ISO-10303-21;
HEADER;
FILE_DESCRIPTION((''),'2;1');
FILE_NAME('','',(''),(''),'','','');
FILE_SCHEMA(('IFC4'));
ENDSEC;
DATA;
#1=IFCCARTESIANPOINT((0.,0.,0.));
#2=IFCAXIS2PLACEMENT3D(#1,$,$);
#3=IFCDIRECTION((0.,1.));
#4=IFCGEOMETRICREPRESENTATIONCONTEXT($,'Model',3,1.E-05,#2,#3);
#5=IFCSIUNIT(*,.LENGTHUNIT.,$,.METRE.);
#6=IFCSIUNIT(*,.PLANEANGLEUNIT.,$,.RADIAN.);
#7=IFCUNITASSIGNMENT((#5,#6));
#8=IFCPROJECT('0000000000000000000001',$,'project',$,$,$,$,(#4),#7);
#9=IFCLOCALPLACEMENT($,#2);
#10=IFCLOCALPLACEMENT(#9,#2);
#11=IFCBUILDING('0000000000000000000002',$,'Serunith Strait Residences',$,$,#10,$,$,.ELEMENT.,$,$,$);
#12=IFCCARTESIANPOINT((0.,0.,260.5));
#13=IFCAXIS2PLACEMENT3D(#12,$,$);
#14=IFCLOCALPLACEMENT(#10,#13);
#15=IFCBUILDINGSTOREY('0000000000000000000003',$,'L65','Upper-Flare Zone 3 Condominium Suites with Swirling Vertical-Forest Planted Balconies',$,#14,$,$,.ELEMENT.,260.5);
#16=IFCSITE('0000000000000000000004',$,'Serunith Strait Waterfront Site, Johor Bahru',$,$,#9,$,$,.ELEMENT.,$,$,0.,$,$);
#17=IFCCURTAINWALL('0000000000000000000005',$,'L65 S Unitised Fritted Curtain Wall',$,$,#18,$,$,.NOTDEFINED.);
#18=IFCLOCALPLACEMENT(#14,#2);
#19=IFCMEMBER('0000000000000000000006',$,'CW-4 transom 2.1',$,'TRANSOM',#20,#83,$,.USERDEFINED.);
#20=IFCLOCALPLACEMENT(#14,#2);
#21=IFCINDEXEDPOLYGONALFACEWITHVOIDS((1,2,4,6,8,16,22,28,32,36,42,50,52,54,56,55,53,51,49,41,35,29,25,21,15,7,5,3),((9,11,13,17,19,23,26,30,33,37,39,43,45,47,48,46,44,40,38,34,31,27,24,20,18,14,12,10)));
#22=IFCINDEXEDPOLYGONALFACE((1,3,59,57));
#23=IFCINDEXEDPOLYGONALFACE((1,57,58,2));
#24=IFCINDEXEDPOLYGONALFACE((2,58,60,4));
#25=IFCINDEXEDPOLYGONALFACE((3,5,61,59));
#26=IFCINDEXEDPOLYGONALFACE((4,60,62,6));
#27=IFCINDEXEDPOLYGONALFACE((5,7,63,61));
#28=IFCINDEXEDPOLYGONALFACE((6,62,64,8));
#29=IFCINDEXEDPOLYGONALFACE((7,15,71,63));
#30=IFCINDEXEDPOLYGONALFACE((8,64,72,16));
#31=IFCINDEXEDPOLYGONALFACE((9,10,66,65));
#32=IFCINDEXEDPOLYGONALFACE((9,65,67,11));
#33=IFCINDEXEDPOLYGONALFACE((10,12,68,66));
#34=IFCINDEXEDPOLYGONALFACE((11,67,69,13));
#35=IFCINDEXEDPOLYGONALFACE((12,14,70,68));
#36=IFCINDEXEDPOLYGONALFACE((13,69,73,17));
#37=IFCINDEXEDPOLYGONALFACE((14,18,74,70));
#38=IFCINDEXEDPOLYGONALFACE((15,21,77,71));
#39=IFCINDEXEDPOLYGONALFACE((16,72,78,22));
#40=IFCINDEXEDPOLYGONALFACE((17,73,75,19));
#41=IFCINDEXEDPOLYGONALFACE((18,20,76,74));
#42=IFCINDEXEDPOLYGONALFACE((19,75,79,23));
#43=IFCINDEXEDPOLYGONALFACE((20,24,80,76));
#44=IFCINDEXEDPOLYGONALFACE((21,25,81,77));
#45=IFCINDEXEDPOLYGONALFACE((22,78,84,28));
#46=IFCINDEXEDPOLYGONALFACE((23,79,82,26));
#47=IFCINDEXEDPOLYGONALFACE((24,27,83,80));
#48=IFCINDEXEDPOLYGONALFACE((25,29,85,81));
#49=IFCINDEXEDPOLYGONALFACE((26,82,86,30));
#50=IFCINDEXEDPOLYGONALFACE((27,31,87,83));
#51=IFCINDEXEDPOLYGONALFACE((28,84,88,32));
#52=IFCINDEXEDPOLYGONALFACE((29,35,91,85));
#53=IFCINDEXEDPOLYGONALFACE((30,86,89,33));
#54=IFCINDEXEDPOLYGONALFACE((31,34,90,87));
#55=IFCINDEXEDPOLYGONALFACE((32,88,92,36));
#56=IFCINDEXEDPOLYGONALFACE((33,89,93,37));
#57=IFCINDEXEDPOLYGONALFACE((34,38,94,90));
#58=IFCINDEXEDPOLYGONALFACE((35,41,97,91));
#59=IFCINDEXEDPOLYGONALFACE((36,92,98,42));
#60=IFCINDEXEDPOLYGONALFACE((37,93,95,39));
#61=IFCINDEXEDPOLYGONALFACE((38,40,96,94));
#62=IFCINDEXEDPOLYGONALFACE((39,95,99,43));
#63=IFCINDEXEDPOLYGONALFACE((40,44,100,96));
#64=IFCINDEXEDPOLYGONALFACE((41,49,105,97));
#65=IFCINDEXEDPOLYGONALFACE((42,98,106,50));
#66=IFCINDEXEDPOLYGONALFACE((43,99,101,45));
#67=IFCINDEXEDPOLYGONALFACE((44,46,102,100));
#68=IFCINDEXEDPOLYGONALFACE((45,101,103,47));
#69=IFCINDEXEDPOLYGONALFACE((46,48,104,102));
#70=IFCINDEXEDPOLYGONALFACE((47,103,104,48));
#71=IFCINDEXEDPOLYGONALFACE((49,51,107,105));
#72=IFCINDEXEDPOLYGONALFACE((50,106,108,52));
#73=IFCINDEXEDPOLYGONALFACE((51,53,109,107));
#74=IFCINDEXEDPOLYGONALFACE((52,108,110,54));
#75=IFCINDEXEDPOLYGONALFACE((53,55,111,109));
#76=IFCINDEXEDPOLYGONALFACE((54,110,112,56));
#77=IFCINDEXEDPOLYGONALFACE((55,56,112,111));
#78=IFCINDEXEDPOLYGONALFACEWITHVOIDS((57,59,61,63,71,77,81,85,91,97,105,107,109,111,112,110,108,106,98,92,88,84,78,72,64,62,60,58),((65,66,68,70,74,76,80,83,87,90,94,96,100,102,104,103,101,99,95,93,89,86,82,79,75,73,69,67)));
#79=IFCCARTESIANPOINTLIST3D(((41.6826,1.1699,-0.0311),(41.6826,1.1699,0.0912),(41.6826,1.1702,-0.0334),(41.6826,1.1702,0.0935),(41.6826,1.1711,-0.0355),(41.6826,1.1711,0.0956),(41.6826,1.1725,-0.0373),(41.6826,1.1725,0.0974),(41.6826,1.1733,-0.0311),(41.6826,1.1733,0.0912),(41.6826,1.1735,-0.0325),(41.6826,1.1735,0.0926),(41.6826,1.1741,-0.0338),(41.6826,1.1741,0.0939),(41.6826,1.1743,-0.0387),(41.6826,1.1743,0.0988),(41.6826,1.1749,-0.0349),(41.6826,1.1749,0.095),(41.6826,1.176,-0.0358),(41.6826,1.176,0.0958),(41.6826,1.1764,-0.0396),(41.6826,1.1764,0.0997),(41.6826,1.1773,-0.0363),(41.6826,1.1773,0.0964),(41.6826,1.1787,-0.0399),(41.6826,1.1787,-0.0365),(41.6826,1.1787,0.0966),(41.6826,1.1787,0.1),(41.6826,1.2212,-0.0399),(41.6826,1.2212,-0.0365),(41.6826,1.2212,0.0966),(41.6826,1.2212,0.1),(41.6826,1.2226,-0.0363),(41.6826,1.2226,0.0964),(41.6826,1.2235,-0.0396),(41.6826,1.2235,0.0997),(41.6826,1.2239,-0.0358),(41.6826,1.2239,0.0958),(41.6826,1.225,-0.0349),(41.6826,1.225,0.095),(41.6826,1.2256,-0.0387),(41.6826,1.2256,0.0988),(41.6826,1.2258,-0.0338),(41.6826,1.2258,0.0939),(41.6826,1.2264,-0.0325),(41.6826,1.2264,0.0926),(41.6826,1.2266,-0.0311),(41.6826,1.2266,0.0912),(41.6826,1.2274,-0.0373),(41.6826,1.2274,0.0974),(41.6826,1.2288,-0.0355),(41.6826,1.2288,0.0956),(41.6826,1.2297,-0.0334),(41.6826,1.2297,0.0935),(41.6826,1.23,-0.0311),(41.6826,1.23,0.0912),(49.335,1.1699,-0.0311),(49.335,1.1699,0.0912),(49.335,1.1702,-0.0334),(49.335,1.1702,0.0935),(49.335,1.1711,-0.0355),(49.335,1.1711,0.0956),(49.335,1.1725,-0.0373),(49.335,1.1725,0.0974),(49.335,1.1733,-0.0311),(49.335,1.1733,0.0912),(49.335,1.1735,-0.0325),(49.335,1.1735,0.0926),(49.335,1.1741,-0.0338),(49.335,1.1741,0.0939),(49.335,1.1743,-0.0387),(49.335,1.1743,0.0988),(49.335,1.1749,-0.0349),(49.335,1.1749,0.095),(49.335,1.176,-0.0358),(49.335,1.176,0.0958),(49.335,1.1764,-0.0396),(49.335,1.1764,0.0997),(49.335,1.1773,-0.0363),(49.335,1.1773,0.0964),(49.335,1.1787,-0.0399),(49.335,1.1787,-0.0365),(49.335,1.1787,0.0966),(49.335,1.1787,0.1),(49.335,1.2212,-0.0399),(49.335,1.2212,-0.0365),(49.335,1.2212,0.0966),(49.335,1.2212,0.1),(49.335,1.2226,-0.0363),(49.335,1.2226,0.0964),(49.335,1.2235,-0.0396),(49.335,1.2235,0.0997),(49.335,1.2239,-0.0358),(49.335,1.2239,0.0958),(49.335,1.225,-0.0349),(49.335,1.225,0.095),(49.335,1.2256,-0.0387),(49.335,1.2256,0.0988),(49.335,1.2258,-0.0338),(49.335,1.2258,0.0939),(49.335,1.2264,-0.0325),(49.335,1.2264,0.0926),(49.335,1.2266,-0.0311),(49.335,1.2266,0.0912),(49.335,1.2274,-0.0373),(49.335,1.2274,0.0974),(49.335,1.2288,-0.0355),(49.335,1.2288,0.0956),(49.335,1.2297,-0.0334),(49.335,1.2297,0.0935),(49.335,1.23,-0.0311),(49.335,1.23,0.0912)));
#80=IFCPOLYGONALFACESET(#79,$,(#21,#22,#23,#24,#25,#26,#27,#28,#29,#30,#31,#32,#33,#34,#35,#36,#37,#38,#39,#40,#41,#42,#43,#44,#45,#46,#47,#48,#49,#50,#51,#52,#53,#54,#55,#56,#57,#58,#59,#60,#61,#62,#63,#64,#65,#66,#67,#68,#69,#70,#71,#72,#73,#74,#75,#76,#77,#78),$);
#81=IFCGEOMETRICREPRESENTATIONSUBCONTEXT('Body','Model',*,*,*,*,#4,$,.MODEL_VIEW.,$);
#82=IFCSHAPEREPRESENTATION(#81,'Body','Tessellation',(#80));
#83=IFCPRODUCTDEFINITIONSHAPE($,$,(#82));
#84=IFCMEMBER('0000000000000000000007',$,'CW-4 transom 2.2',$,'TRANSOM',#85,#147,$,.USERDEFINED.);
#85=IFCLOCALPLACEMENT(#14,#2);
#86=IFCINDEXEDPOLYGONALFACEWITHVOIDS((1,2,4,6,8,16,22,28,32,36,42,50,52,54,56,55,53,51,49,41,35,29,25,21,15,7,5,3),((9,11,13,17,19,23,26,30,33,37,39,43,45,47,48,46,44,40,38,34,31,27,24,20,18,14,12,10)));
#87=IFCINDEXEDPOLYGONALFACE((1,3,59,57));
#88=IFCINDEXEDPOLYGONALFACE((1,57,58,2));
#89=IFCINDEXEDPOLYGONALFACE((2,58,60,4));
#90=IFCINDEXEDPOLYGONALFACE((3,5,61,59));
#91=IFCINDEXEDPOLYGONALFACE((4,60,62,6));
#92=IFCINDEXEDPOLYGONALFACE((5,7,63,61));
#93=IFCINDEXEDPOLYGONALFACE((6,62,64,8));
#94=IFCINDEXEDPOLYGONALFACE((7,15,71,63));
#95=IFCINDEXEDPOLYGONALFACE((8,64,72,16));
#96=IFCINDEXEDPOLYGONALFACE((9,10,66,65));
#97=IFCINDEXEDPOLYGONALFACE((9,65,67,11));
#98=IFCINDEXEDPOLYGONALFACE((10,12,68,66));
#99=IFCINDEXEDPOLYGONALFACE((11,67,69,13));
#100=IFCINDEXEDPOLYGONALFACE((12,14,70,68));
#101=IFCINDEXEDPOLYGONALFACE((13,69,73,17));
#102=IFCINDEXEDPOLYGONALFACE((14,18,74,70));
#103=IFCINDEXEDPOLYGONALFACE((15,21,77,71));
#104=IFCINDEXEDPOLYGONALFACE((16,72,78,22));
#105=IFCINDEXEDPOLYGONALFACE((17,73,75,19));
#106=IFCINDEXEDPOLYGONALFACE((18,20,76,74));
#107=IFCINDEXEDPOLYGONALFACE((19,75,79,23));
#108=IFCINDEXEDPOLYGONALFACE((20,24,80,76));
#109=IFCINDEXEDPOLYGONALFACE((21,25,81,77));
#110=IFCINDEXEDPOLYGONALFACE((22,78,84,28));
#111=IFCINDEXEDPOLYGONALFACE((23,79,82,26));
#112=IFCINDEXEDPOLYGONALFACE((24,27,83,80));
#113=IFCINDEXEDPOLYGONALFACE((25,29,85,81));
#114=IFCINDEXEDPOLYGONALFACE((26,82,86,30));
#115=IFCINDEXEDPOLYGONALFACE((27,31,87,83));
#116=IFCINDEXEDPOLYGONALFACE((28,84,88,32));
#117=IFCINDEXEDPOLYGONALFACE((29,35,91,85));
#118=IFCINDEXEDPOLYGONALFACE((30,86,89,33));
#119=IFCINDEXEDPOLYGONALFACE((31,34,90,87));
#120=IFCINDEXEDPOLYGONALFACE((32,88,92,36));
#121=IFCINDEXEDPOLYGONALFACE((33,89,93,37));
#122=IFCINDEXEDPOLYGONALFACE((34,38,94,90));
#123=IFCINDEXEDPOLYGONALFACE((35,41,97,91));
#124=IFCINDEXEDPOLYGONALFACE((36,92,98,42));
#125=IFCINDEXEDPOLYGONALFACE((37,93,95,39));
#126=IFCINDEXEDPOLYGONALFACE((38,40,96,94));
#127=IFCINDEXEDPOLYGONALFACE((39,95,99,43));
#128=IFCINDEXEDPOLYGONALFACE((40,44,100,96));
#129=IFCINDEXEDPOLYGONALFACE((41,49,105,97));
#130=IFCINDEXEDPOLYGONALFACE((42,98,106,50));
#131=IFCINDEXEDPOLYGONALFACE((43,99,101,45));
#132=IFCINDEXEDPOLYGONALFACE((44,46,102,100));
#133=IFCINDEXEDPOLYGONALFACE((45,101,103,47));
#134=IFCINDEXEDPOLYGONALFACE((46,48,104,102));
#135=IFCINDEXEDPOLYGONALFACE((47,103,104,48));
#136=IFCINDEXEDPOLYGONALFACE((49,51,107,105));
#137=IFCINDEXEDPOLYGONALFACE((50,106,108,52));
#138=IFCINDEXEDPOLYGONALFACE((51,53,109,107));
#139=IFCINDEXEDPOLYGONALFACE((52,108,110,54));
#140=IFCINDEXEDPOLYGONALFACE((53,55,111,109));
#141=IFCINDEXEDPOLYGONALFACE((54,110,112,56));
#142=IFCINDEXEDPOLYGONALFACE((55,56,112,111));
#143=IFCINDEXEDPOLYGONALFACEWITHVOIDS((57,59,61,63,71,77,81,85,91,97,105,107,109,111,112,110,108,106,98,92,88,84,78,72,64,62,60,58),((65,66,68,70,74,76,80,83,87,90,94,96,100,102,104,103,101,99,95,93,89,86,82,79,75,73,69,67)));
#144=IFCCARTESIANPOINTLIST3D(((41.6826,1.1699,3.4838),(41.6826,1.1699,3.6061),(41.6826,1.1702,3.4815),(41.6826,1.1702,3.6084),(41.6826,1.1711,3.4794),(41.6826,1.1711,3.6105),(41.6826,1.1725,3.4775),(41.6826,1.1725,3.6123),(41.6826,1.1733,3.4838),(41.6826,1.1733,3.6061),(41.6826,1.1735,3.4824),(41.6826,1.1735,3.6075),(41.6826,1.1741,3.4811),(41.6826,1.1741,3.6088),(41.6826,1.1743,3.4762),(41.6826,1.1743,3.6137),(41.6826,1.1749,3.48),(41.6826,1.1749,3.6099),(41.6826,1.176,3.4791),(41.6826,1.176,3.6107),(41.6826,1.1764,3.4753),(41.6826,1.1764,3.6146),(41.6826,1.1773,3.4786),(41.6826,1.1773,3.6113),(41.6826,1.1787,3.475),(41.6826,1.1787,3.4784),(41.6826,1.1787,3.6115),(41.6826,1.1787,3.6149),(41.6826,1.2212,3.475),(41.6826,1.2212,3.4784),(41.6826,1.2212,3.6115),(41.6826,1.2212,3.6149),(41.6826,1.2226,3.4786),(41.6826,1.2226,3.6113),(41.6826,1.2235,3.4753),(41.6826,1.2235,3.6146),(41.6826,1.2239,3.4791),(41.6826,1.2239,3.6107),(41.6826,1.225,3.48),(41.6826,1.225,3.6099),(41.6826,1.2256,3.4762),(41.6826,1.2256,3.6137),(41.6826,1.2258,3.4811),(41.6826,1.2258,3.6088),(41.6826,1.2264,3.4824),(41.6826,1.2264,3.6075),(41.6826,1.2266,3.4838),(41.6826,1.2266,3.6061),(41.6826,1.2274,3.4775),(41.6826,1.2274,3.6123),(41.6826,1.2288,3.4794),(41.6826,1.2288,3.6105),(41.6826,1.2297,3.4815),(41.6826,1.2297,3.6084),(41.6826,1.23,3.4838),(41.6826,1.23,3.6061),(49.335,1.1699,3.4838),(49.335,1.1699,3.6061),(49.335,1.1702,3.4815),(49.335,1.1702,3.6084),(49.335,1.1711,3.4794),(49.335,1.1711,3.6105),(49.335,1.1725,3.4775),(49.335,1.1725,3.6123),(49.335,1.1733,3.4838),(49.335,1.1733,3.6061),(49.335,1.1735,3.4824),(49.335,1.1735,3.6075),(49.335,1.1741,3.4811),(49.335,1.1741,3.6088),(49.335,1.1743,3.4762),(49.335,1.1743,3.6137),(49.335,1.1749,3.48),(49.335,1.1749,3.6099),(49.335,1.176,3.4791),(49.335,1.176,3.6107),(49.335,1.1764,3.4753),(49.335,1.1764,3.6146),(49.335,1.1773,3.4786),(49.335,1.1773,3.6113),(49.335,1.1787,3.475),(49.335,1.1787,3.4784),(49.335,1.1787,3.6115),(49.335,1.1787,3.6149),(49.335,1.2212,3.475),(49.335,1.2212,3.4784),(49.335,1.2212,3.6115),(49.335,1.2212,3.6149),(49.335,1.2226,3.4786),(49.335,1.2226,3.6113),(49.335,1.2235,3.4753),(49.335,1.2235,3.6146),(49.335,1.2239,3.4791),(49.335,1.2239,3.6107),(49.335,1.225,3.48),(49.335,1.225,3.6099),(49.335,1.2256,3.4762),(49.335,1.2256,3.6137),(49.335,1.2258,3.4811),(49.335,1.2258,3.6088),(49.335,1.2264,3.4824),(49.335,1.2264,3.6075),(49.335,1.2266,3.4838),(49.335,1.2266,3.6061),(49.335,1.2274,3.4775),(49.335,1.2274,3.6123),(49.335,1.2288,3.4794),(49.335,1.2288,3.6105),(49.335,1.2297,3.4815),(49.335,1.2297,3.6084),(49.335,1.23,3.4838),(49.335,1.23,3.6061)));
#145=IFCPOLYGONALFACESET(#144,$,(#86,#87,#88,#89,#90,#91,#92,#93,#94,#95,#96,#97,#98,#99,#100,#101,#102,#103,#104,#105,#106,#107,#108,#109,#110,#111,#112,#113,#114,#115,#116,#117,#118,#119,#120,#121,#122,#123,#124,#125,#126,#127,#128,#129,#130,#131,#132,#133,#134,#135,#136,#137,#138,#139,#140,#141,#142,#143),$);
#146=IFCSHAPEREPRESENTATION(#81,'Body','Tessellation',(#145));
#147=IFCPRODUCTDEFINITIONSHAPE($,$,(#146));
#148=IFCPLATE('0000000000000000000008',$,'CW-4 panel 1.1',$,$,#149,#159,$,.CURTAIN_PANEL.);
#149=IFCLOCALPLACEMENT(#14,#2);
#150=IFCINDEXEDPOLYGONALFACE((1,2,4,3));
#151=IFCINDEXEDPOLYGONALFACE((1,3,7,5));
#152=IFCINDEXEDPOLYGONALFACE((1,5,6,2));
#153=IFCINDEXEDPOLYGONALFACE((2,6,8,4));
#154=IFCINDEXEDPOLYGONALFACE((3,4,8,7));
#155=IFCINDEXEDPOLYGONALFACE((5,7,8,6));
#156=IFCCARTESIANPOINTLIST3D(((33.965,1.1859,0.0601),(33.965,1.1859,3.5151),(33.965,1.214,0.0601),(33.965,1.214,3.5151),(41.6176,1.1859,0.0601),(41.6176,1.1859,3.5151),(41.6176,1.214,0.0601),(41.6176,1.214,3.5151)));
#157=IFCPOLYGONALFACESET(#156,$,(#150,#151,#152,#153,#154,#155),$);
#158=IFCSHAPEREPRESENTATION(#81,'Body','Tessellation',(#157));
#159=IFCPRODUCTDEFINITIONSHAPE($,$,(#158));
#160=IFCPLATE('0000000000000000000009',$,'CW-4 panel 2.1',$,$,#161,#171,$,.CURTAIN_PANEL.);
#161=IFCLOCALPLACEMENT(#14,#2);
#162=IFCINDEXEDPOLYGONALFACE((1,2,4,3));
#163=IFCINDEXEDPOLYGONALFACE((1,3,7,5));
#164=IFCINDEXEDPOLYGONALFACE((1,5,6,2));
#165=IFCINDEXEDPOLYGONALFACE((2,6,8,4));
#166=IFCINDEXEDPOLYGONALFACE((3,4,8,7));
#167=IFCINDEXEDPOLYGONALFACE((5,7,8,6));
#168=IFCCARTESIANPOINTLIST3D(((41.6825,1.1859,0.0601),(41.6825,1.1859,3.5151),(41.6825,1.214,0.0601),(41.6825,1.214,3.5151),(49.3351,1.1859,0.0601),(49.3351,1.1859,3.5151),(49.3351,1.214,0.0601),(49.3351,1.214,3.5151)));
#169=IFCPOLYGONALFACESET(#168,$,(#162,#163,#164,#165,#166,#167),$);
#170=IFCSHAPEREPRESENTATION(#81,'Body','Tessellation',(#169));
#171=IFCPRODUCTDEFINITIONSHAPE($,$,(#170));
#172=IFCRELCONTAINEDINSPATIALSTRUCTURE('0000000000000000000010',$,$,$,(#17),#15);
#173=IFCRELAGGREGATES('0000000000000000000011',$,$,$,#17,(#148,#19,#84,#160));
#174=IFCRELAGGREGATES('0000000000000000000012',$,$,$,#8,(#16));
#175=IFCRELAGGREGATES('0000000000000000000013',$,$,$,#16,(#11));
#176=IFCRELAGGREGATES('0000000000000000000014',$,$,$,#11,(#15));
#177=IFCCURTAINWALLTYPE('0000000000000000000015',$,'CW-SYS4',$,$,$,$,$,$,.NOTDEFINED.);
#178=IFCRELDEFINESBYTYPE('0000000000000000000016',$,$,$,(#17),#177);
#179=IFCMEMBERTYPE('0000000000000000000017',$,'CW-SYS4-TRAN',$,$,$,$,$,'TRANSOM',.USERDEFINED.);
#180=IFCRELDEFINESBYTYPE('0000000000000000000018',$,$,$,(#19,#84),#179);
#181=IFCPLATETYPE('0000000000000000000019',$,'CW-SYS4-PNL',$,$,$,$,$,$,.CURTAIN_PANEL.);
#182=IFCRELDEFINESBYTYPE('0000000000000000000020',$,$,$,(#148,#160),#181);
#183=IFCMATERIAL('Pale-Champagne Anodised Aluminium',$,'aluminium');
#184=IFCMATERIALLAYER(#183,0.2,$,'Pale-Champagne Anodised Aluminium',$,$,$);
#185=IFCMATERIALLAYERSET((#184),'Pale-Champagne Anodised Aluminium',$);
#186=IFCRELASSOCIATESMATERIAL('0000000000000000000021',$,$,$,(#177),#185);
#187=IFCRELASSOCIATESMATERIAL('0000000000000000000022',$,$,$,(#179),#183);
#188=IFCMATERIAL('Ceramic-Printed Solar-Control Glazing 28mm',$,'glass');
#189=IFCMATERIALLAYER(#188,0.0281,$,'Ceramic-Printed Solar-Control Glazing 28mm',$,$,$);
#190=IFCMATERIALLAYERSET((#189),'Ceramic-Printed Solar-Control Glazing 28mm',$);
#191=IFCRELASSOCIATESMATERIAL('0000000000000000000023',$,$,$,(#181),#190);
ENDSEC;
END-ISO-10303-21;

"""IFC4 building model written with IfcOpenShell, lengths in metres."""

from ifc_helpers import new_model, si_unit, direction, frame, origin, origin_2d, place, context, subcontext, project, spatial, rectangle, hollow_rectangle, extrude, source, transform, mapped, material, layer, layer_set, material_profile, profile_set, type_object, element, aggregate, save


model = new_model("IFC4")

# Units and contexts
model_context = context("Model", 3, precision=1e-05, world=origin(), true_north=direction((0.0, 1.0)))
body_context = subcontext(model_context, "Body", "Model", "MODEL_VIEW")
ifc_project = project(units=[si_unit("LENGTHUNIT", "METRE"), si_unit("PLANEANGLEUNIT", "RADIAN")], contexts=[model_context])

# Site, building, storey
site_placement = place(None, origin())
site = spatial("IfcSite", under=ifc_project, at=site_placement, Name="Serunith Strait Waterfront Site, Johor Bahru", CompositionType="ELEMENT", RefElevation=0.0)
building_placement = place(site_placement, origin())
building = spatial("IfcBuilding", under=site, at=building_placement, Name="Serunith Strait Residences", CompositionType="ELEMENT")
storey_placement = place(building_placement, frame((0.0, 0.0, 260.5)))
storey = spatial("IfcBuildingStorey", under=building, at=storey_placement, Name="L65", Description="Upper-Flare Zone 3 Condominium Suites with Swirling Vertical-Forest Planted Balconies", CompositionType="ELEMENT", Elevation=260.5)

# Curtain wall, members, plates
ifc_material_1 = material(Name="Pale-Champagne Anodised Aluminium", Category="aluminium")
ifc_layer_1 = layer(ifc_material_1, 0.2, Name="Pale-Champagne Anodised Aluminium")
ifc_layer_set_1 = layer_set([ifc_layer_1], Name="Pale-Champagne Anodised Aluminium")
curtain_wall_type = type_object("IfcCurtainWallType", Name="CW-SYS4", PredefinedType="NOTDEFINED", material=ifc_layer_set_1)
curtain_wall_placement = place(storey_placement, origin())
curtain_wall = element("IfcCurtainWall", 1, at=curtain_wall_placement, inside=storey, type_object=curtain_wall_type, Name="L65 S Unitised Fritted Curtain Wall", PredefinedType="NOTDEFINED")
ifc_material_profile_1 = material_profile(ifc_material_1, hollow_rectangle(XDim=0.0601, YDim=0.1399, WallThickness=0.0034, InnerFilletRadius=0.0054, OuterFilletRadius=0.0088, at=origin_2d()), Name="ALU 140x60x3.5")
ifc_profile_set_1 = profile_set([ifc_material_profile_1], Name="Pale-Champagne Anodised Aluminium")
member_type_1 = type_object("IfcMemberType", Name="CW-SYS4-TRAN", ElementType="TRANSOM", PredefinedType="USERDEFINED", material=ifc_profile_set_1)
shared_shape_1 = source(origin(), body_context, "Body", "SweptSolid", [
    extrude(hollow_rectangle(XDim=0.0601, YDim=0.1399, WallThickness=0.0034, InnerFilletRadius=0.0054, OuterFilletRadius=0.0088, at=origin_2d()), origin(), (0.0, 0.0, 1.0), 7.6523),
])
member_1_placement = place(storey_placement, frame((41.6826, 1.2, 0.03), z_axis=(1.0, 0.0, 0.0), x_axis=(0.0, 1.0, 0.0)))
member_1 = element("IfcMember", 2, at=member_1_placement, type_object=member_type_1, Name="CW-4 transom 2.1", ObjectType="TRANSOM", PredefinedType="USERDEFINED", context=body_context, shape_type="MappedRepresentation", body=[
    mapped(shared_shape_1, transform((0.0, 0.0, 0.0), scale=1.0)),
])
member_2_placement = place(storey_placement, frame((41.6826, 1.2, 3.5449), z_axis=(1.0, 0.0, 0.0), x_axis=(0.0, 1.0, 0.0)))
member_2 = element("IfcMember", 3, at=member_2_placement, type_object=member_type_1, Name="CW-4 transom 2.2", ObjectType="TRANSOM", PredefinedType="USERDEFINED", context=body_context, shape_type="MappedRepresentation", body=[
    mapped(shared_shape_1, transform((0.0, 0.0, 0.0), scale=1.0)),
])
ifc_material_2 = material(Name="Ceramic-Printed Solar-Control Glazing 28mm", Category="glass")
ifc_layer_2 = layer(ifc_material_2, 0.0281, Name="Ceramic-Printed Solar-Control Glazing 28mm")
ifc_layer_set_2 = layer_set([ifc_layer_2], Name="Ceramic-Printed Solar-Control Glazing 28mm")
plate_type = type_object("IfcPlateType", Name="CW-SYS4-PNL", PredefinedType="CURTAIN_PANEL", material=ifc_layer_set_2)
shared_shape_2 = source(origin(), body_context, "Body", "SweptSolid", [
    extrude(rectangle(XDim=7.6526, YDim=0.0281, at=origin_2d()), origin(), (0.0, 0.0, 1.0), 3.4551),
])
plate_1_placement = place(storey_placement, frame((37.7913, 1.2, 0.0601), z_axis=(0.0, 0.0, 1.0), x_axis=(1.0, 0.0, 0.0)))
plate_1 = element("IfcPlate", 4, at=plate_1_placement, type_object=plate_type, Name="CW-4 panel 1.1", PredefinedType="CURTAIN_PANEL", context=body_context, shape_type="MappedRepresentation", body=[
    mapped(shared_shape_2, transform((0.0, 0.0, 0.0), scale=1.0)),
])
plate_2_placement = place(storey_placement, frame((45.5088, 1.2, 0.0601), z_axis=(0.0, 0.0, 1.0), x_axis=(1.0, 0.0, 0.0)))
plate_2 = element("IfcPlate", 5, at=plate_2_placement, type_object=plate_type, Name="CW-4 panel 2.1", PredefinedType="CURTAIN_PANEL", context=body_context, shape_type="MappedRepresentation", body=[
    mapped(shared_shape_2, transform((0.0, 0.0, 0.0), scale=1.0)),
])
aggregate(curtain_wall, [plate_1, member_1, member_2, plate_2])

save(model, "model.ifc")
